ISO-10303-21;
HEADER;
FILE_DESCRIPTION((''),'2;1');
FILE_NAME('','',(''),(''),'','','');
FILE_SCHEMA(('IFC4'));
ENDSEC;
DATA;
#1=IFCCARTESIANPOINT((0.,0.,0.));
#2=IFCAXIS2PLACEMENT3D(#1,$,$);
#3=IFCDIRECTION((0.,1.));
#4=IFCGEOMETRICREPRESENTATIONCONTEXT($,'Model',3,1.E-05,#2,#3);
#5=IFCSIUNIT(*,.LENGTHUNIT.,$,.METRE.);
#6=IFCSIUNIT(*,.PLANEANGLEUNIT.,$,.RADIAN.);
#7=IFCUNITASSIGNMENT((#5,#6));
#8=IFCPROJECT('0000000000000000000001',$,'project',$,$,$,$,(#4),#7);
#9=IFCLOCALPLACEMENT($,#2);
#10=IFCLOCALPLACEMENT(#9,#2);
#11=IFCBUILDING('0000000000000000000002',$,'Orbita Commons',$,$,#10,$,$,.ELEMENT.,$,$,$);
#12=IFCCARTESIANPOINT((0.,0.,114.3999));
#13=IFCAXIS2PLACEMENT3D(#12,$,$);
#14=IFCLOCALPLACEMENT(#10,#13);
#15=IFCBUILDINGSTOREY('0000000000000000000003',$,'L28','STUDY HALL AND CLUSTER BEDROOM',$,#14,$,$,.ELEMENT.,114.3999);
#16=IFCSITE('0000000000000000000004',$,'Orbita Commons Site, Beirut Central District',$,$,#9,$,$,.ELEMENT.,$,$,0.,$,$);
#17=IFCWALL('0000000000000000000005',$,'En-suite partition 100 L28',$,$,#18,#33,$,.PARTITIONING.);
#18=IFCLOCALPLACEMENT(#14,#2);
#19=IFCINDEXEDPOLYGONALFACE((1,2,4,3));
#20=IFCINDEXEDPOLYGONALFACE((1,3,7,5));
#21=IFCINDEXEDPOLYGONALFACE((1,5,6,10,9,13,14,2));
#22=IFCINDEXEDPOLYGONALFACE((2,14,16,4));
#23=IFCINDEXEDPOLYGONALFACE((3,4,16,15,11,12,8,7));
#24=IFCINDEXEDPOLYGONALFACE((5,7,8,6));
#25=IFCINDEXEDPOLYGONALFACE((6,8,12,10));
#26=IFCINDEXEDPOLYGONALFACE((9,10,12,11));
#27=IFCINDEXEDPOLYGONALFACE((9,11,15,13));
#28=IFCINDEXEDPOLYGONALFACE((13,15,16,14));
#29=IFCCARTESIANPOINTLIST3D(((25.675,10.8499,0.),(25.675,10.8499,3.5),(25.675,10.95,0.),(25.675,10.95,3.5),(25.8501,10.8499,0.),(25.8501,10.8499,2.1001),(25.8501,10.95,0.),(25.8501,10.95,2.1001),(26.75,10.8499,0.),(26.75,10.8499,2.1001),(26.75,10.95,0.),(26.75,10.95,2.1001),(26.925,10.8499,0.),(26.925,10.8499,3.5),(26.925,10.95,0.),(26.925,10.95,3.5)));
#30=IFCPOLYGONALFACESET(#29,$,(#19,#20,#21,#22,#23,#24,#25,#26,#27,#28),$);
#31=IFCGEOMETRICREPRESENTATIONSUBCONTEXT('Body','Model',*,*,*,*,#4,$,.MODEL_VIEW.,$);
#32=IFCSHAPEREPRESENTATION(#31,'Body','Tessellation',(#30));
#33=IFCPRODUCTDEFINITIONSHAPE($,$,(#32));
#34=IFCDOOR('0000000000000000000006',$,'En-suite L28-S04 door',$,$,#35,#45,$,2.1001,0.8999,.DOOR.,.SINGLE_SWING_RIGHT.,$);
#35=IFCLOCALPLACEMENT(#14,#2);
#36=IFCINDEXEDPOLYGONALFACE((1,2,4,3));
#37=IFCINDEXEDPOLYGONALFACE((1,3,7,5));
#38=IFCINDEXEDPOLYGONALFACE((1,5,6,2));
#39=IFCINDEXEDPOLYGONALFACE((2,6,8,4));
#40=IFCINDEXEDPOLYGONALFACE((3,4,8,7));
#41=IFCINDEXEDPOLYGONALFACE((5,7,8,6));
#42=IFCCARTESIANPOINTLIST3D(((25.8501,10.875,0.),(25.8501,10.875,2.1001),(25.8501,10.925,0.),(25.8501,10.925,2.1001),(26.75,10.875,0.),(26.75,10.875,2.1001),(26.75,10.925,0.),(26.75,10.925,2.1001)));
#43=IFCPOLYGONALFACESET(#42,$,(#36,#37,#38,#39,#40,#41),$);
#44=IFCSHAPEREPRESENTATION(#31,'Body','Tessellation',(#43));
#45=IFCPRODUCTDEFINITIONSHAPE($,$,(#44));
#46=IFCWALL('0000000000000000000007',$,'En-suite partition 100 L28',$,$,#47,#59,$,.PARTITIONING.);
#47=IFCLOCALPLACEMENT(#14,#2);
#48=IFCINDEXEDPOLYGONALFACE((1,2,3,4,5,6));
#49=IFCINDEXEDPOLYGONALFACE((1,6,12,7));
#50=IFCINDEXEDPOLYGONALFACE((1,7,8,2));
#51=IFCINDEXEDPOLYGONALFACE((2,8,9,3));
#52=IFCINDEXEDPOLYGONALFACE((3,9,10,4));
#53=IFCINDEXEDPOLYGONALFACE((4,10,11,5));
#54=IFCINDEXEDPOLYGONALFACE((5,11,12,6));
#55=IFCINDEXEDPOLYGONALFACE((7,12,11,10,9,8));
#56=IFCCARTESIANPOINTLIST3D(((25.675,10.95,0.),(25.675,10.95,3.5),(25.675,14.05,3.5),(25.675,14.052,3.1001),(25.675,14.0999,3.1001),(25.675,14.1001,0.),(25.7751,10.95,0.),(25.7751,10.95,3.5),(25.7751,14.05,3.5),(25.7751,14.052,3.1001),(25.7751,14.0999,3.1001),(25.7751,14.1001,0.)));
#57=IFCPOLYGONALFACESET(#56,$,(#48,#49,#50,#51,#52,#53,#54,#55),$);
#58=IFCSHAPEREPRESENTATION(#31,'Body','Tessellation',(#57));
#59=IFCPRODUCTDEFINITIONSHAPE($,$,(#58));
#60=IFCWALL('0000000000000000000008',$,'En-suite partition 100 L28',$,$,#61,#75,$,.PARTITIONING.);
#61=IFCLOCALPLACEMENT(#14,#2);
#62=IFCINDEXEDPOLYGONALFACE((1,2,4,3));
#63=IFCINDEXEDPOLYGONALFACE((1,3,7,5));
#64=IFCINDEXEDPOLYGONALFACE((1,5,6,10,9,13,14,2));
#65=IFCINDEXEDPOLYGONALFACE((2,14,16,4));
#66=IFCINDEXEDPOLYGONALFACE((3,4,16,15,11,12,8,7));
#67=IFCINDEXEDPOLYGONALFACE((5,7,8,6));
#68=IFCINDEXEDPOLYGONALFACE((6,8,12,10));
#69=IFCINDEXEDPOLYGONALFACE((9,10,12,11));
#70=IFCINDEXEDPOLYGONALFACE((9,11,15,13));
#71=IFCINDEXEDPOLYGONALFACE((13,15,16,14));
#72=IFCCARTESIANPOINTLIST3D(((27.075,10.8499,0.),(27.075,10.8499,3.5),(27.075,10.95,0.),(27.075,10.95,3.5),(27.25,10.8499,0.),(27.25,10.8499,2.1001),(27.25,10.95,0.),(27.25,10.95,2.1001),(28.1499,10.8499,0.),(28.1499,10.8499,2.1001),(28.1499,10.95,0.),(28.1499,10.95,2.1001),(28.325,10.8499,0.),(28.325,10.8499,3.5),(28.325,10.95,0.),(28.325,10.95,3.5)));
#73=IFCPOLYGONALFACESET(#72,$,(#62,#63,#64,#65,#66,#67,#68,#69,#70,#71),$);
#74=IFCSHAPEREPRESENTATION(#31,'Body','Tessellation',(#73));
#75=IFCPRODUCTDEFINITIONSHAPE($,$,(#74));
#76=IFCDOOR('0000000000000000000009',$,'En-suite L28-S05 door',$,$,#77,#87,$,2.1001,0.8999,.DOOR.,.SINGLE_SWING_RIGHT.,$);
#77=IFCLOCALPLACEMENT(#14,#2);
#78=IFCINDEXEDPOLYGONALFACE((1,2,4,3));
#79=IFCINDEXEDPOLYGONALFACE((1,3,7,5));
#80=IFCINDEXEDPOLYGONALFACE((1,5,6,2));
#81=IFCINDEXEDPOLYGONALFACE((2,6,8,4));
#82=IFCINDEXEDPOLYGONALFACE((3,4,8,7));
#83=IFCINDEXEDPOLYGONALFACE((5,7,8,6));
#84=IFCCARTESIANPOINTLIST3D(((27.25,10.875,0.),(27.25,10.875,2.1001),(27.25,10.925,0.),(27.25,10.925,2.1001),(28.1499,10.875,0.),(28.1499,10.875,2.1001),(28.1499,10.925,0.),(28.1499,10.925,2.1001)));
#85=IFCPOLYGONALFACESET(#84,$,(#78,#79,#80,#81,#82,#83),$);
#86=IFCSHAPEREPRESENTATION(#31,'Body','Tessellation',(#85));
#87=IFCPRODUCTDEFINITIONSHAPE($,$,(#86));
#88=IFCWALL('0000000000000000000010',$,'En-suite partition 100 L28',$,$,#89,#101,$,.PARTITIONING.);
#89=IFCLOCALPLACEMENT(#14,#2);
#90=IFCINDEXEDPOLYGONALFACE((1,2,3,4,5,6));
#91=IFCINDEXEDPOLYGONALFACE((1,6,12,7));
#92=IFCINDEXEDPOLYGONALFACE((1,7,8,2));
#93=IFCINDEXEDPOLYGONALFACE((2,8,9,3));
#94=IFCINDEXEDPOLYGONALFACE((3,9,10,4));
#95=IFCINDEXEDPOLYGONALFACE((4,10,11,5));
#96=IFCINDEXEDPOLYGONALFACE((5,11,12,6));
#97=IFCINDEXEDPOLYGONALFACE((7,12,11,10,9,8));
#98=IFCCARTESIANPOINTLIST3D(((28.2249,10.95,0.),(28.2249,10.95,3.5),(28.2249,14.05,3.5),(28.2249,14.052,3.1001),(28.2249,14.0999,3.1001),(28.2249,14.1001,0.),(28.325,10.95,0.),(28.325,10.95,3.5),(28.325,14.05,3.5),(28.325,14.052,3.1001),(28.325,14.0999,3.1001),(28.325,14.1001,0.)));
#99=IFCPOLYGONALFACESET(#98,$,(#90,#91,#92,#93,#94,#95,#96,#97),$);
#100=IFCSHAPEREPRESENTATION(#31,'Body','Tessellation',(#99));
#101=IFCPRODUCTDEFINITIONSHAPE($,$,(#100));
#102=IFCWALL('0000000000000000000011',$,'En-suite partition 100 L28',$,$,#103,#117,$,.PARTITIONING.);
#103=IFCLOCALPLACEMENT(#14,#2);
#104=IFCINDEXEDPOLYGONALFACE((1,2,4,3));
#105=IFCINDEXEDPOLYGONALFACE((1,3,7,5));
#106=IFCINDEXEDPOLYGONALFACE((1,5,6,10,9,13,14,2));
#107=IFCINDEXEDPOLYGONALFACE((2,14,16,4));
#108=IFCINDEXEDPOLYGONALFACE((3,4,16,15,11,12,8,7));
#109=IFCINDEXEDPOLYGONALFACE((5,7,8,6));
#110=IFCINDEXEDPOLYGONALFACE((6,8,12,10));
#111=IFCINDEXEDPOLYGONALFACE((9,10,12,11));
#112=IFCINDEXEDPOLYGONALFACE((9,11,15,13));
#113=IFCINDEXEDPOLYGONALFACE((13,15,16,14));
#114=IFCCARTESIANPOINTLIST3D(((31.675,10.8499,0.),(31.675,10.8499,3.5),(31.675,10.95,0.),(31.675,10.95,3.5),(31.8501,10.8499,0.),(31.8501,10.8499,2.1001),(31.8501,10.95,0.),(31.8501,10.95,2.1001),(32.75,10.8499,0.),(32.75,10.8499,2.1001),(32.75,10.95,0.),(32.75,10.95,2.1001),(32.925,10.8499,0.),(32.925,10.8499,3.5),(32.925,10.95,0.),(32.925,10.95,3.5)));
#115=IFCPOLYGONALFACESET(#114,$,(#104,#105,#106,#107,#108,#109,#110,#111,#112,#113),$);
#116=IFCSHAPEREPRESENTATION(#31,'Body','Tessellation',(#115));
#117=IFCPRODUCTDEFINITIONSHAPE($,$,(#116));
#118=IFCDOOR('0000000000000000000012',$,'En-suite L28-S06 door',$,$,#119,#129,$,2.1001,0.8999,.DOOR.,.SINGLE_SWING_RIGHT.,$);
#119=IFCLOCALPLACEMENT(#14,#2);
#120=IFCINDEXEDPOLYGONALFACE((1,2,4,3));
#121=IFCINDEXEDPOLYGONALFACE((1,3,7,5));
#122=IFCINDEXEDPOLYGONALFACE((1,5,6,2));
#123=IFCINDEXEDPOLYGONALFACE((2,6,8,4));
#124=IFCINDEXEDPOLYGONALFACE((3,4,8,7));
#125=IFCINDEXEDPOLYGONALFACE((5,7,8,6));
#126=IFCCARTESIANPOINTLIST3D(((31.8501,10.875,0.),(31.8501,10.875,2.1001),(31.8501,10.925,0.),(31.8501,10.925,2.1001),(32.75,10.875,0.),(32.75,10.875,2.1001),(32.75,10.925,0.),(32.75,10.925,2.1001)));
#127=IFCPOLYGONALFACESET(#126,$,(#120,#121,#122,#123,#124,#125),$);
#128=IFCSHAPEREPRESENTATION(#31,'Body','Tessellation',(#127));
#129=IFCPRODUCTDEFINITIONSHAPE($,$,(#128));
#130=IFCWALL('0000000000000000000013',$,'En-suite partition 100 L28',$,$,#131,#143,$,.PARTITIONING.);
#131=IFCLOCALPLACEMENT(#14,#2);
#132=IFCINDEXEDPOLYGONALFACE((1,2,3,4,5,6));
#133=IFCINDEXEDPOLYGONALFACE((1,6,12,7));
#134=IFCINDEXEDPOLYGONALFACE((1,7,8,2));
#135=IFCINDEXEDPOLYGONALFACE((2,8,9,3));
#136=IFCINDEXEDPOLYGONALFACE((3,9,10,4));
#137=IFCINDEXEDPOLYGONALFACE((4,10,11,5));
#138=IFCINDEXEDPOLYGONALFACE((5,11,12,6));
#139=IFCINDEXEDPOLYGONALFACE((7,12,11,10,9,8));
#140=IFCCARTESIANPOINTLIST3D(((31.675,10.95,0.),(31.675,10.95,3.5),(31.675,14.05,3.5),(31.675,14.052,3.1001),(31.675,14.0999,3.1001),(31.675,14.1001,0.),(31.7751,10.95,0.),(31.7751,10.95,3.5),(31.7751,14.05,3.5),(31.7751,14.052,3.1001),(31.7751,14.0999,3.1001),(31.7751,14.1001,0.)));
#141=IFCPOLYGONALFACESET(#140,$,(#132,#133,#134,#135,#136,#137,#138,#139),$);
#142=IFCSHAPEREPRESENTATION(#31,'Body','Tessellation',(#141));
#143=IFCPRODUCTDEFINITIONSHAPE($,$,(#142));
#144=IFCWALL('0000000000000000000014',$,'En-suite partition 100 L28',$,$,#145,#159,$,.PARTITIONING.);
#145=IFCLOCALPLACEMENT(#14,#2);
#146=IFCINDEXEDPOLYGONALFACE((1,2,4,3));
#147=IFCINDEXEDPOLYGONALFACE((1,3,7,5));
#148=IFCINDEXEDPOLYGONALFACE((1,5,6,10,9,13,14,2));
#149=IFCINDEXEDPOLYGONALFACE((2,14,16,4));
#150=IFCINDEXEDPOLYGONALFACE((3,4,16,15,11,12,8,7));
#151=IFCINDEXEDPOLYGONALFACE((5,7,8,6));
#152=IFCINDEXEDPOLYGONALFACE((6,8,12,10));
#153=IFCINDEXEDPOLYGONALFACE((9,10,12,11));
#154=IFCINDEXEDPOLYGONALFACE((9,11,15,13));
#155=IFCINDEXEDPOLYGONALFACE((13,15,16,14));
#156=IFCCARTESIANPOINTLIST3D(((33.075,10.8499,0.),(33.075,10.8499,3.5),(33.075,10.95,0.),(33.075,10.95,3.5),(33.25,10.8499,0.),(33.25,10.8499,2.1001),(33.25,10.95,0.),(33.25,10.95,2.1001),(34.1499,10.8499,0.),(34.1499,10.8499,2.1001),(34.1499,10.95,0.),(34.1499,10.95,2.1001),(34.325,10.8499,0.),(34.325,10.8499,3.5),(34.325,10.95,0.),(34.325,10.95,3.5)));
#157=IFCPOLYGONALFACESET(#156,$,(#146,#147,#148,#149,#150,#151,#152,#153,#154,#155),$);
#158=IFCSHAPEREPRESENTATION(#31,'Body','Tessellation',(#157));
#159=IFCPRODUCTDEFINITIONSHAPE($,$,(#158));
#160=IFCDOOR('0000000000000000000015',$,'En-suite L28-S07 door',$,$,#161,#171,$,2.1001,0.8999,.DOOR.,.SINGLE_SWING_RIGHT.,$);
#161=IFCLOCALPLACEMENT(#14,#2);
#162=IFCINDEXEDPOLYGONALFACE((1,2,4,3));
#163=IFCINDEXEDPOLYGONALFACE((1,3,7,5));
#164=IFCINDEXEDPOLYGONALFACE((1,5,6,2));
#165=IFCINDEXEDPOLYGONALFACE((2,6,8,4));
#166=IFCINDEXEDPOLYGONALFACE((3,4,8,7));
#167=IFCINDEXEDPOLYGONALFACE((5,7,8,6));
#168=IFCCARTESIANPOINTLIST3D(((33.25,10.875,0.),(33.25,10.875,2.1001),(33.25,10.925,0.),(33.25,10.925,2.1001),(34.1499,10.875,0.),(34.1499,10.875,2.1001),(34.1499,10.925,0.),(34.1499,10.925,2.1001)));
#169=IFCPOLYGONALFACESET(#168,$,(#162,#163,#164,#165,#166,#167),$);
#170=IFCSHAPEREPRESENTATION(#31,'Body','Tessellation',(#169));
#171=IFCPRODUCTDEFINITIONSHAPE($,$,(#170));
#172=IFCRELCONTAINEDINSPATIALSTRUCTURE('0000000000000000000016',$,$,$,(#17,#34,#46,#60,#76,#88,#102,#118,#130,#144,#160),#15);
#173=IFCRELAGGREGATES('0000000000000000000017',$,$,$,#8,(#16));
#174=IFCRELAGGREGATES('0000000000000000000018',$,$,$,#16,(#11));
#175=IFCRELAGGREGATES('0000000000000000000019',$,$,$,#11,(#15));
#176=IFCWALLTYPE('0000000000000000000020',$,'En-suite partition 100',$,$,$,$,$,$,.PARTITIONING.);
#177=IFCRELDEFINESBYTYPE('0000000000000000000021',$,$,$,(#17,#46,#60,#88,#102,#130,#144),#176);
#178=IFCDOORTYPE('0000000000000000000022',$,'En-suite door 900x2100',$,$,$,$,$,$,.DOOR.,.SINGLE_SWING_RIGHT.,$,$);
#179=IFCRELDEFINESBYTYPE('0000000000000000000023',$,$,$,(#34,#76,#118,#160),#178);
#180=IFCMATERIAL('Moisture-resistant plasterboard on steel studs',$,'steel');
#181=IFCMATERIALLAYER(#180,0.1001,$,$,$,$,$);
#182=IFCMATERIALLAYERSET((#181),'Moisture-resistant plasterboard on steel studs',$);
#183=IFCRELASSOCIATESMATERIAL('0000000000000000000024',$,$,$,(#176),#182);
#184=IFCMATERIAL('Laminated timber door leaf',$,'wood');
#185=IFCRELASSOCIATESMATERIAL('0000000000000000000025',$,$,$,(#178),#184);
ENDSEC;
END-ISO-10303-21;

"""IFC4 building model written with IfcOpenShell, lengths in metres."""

from ifc_helpers import new_model, si_unit, direction, frame, frame_2d, origin, place, context, subcontext, project, spatial, polyline, rectangle, outline, extrude, material, layer, layer_set, type_object, element, fill, save


model = new_model("IFC4")

# Units and contexts
model_context = context("Model", 3, precision=1e-05, world=origin(), true_north=direction((0.0, 1.0)))
body_context = subcontext(model_context, "Body", "Model", "MODEL_VIEW")
ifc_project = project(units=[si_unit("LENGTHUNIT", "METRE"), si_unit("PLANEANGLEUNIT", "RADIAN")], contexts=[model_context])

# Site, building, storey
site_placement = place(None, origin())
site = spatial("IfcSite", under=ifc_project, at=site_placement, Name="Orbita Commons Site, Beirut Central District", CompositionType="ELEMENT", RefElevation=0.0)
building_placement = place(site_placement, origin())
building = spatial("IfcBuilding", under=site, at=building_placement, Name="Orbita Commons", CompositionType="ELEMENT")
storey_placement = place(building_placement, frame((0.0, 0.0, 114.3999)))
storey = spatial("IfcBuildingStorey", under=building, at=storey_placement, Name="L28", Description="STUDY HALL AND CLUSTER BEDROOM", CompositionType="ELEMENT", Elevation=114.3999)

# Shared definitions
ifc_material_1 = material(Name="Moisture-resistant plasterboard on steel studs", Category="steel")
ifc_layer = layer(ifc_material_1, 0.1001)
ifc_layer_set = layer_set([ifc_layer], Name="Moisture-resistant plasterboard on steel studs")
wall_type = type_object("IfcWallType", Name="En-suite partition 100", PredefinedType="PARTITIONING", material=ifc_layer_set)
ifc_material_2 = material(Name="Laminated timber door leaf", Category="wood")
door_type = type_object("IfcDoorType", Name="En-suite door 900x2100", OperationType="SINGLE_SWING_RIGHT", PredefinedType="DOOR", material=ifc_material_2)

# Wall, opening, door
wall_1_placement = place(storey_placement, frame((26.925, 10.8999, 0.0), z_axis=(0.0, 0.0, 1.0), x_axis=(-1.0, 0.0, 0.0)))
wall_1 = element("IfcWall", 1, at=wall_1_placement, inside=storey, type_object=wall_type, Name="En-suite partition 100 L28", PredefinedType="PARTITIONING", context=body_context, shape_type="SweptSolid", body=[
    extrude(rectangle(XDim=1.25, YDim=0.1001, at=frame_2d((0.625, 0.0))), origin(), (0.0, 0.0, 1.0), 3.5),
])
opening_1_placement = place(wall_1_placement, frame((0.175, 0.0, 0.0)))
opening_1 = element("IfcOpeningElement", 2, at=opening_1_placement, cuts=wall_1, PredefinedType="OPENING", context=body_context, shape_type="SweptSolid", body=[
    extrude(rectangle(XDim=0.8999, YDim=2.1001, at=frame_2d((0.45, 1.05))), frame((0.0, 0.0601, 0.0), z_axis=(0.0, -1.0, 0.0), x_axis=(1.0, 0.0, 0.0)), (0.0, 0.0, 1.0), 0.1201),
])
door_1_placement = place(opening_1_placement, origin())
door_1 = element("IfcDoor", 3, at=door_1_placement, inside=storey, type_object=door_type, Name="En-suite L28-S04 door", OperationType="SINGLE_SWING_RIGHT", OverallHeight=2.1001, OverallWidth=0.8999, PredefinedType="DOOR", context=body_context, shape_type="SweptSolid", body=[
    extrude(rectangle(XDim=0.8999, YDim=2.1001, at=frame_2d((0.45, 1.05))), frame((0.0, 0.0249, 0.0), z_axis=(0.0, -1.0, 0.0), x_axis=(1.0, 0.0, 0.0)), (0.0, 0.0, 1.0), 0.05),
])
fill(opening_1, door_1)

# Wall
wall_2_placement = place(storey_placement, frame((25.7251, 10.95, 0.0), z_axis=(0.0, 0.0, 1.0), x_axis=(0.0, 1.0, 0.0)))
element("IfcWall", 4, at=wall_2_placement, inside=storey, type_object=wall_type, Name="En-suite partition 100 L28", PredefinedType="PARTITIONING", context=body_context, shape_type="SweptSolid", body=[
    extrude(outline(polyline([(0.0, 0.0), (3.1501, 0.0), (3.1499, 3.1001), (3.1021, 3.1001), (3.1001, 3.5), (0.0, 3.5), (0.0, 0.0)])), frame((0.0, 0.05, 0.0), z_axis=(0.0, -1.0, 0.0), x_axis=(1.0, 0.0, 0.0)), (0.0, 0.0, 1.0), 0.1001),
])

# Wall, opening, door
wall_3_placement = place(storey_placement, frame((28.325, 10.8999, 0.0), z_axis=(0.0, 0.0, 1.0), x_axis=(-1.0, 0.0, 0.0)))
wall_3 = element("IfcWall", 5, at=wall_3_placement, inside=storey, type_object=wall_type, Name="En-suite partition 100 L28", PredefinedType="PARTITIONING", context=body_context, shape_type="SweptSolid", body=[
    extrude(rectangle(XDim=1.25, YDim=0.1001, at=frame_2d((0.625, 0.0))), origin(), (0.0, 0.0, 1.0), 3.5),
])
opening_2_placement = place(wall_3_placement, frame((0.175, 0.0, 0.0)))
opening_2 = element("IfcOpeningElement", 6, at=opening_2_placement, cuts=wall_3, PredefinedType="OPENING", context=body_context, shape_type="SweptSolid", body=[
    extrude(rectangle(XDim=0.8999, YDim=2.1001, at=frame_2d((0.45, 1.05))), frame((0.0, 0.0601, 0.0), z_axis=(0.0, -1.0, 0.0), x_axis=(1.0, 0.0, 0.0)), (0.0, 0.0, 1.0), 0.1201),
])
door_2_placement = place(opening_2_placement, origin())
door_2 = element("IfcDoor", 7, at=door_2_placement, inside=storey, type_object=door_type, Name="En-suite L28-S05 door", OperationType="SINGLE_SWING_RIGHT", OverallHeight=2.1001, OverallWidth=0.8999, PredefinedType="DOOR", context=body_context, shape_type="SweptSolid", body=[
    extrude(rectangle(XDim=0.8999, YDim=2.1001, at=frame_2d((0.45, 1.05))), frame((0.0, 0.0249, 0.0), z_axis=(0.0, -1.0, 0.0), x_axis=(1.0, 0.0, 0.0)), (0.0, 0.0, 1.0), 0.05),
])
fill(opening_2, door_2)

# Wall
wall_4_placement = place(storey_placement, frame((28.2749, 10.95, 0.0), z_axis=(0.0, 0.0, 1.0), x_axis=(0.0, 1.0, 0.0)))
element("IfcWall", 8, at=wall_4_placement, inside=storey, type_object=wall_type, Name="En-suite partition 100 L28", PredefinedType="PARTITIONING", context=body_context, shape_type="SweptSolid", body=[
    extrude(outline(polyline([(0.0, 0.0), (3.1501, 0.0), (3.1499, 3.1001), (3.1021, 3.1001), (3.1001, 3.5), (0.0, 3.5), (0.0, 0.0)])), frame((0.0, 0.05, 0.0), z_axis=(0.0, -1.0, 0.0), x_axis=(1.0, 0.0, 0.0)), (0.0, 0.0, 1.0), 0.1001),
])

# Wall, opening, door
wall_5_placement = place(storey_placement, frame((32.925, 10.8999, 0.0), z_axis=(0.0, 0.0, 1.0), x_axis=(-1.0, 0.0, 0.0)))
wall_5 = element("IfcWall", 9, at=wall_5_placement, inside=storey, type_object=wall_type, Name="En-suite partition 100 L28", PredefinedType="PARTITIONING", context=body_context, shape_type="SweptSolid", body=[
    extrude(rectangle(XDim=1.25, YDim=0.1001, at=frame_2d((0.625, 0.0))), origin(), (0.0, 0.0, 1.0), 3.5),
])
opening_3_placement = place(wall_5_placement, frame((0.175, 0.0, 0.0)))
opening_3 = element("IfcOpeningElement", 10, at=opening_3_placement, cuts=wall_5, PredefinedType="OPENING", context=body_context, shape_type="SweptSolid", body=[
    extrude(rectangle(XDim=0.8999, YDim=2.1001, at=frame_2d((0.45, 1.05))), frame((0.0, 0.0601, 0.0), z_axis=(0.0, -1.0, 0.0), x_axis=(1.0, 0.0, 0.0)), (0.0, 0.0, 1.0), 0.1201),
])
door_3_placement = place(opening_3_placement, origin())
door_3 = element("IfcDoor", 11, at=door_3_placement, inside=storey, type_object=door_type, Name="En-suite L28-S06 door", OperationType="SINGLE_SWING_RIGHT", OverallHeight=2.1001, OverallWidth=0.8999, PredefinedType="DOOR", context=body_context, shape_type="SweptSolid", body=[
    extrude(rectangle(XDim=0.8999, YDim=2.1001, at=frame_2d((0.45, 1.05))), frame((0.0, 0.0249, 0.0), z_axis=(0.0, -1.0, 0.0), x_axis=(1.0, 0.0, 0.0)), (0.0, 0.0, 1.0), 0.05),
])
fill(opening_3, door_3)

# Wall
wall_6_placement = place(storey_placement, frame((31.7251, 10.95, 0.0), z_axis=(0.0, 0.0, 1.0), x_axis=(0.0, 1.0, 0.0)))
element("IfcWall", 12, at=wall_6_placement, inside=storey, type_object=wall_type, Name="En-suite partition 100 L28", PredefinedType="PARTITIONING", context=body_context, shape_type="SweptSolid", body=[
    extrude(outline(polyline([(0.0, 0.0), (3.1501, 0.0), (3.1499, 3.1001), (3.1021, 3.1001), (3.1001, 3.5), (0.0, 3.5), (0.0, 0.0)])), frame((0.0, 0.05, 0.0), z_axis=(0.0, -1.0, 0.0), x_axis=(1.0, 0.0, 0.0)), (0.0, 0.0, 1.0), 0.1001),
])

# Wall, opening, door
wall_7_placement = place(storey_placement, frame((34.325, 10.8999, 0.0), z_axis=(0.0, 0.0, 1.0), x_axis=(-1.0, 0.0, 0.0)))
wall_7 = element("IfcWall", 13, at=wall_7_placement, inside=storey, type_object=wall_type, Name="En-suite partition 100 L28", PredefinedType="PARTITIONING", context=body_context, shape_type="SweptSolid", body=[
    extrude(rectangle(XDim=1.25, YDim=0.1001, at=frame_2d((0.625, 0.0))), origin(), (0.0, 0.0, 1.0), 3.5),
])
opening_4_placement = place(wall_7_placement, frame((0.175, 0.0, 0.0)))
opening_4 = element("IfcOpeningElement", 14, at=opening_4_placement, cuts=wall_7, PredefinedType="OPENING", context=body_context, shape_type="SweptSolid", body=[
    extrude(rectangle(XDim=0.8999, YDim=2.1001, at=frame_2d((0.45, 1.05))), frame((0.0, 0.0601, 0.0), z_axis=(0.0, -1.0, 0.0), x_axis=(1.0, 0.0, 0.0)), (0.0, 0.0, 1.0), 0.1201),
])
door_4_placement = place(opening_4_placement, origin())
door_4 = element("IfcDoor", 15, at=door_4_placement, inside=storey, type_object=door_type, Name="En-suite L28-S07 door", OperationType="SINGLE_SWING_RIGHT", OverallHeight=2.1001, OverallWidth=0.8999, PredefinedType="DOOR", context=body_context, shape_type="SweptSolid", body=[
    extrude(rectangle(XDim=0.8999, YDim=2.1001, at=frame_2d((0.45, 1.05))), frame((0.0, 0.0249, 0.0), z_axis=(0.0, -1.0, 0.0), x_axis=(1.0, 0.0, 0.0)), (0.0, 0.0, 1.0), 0.05),
])
fill(opening_4, door_4)

save(model, "model.ifc")
